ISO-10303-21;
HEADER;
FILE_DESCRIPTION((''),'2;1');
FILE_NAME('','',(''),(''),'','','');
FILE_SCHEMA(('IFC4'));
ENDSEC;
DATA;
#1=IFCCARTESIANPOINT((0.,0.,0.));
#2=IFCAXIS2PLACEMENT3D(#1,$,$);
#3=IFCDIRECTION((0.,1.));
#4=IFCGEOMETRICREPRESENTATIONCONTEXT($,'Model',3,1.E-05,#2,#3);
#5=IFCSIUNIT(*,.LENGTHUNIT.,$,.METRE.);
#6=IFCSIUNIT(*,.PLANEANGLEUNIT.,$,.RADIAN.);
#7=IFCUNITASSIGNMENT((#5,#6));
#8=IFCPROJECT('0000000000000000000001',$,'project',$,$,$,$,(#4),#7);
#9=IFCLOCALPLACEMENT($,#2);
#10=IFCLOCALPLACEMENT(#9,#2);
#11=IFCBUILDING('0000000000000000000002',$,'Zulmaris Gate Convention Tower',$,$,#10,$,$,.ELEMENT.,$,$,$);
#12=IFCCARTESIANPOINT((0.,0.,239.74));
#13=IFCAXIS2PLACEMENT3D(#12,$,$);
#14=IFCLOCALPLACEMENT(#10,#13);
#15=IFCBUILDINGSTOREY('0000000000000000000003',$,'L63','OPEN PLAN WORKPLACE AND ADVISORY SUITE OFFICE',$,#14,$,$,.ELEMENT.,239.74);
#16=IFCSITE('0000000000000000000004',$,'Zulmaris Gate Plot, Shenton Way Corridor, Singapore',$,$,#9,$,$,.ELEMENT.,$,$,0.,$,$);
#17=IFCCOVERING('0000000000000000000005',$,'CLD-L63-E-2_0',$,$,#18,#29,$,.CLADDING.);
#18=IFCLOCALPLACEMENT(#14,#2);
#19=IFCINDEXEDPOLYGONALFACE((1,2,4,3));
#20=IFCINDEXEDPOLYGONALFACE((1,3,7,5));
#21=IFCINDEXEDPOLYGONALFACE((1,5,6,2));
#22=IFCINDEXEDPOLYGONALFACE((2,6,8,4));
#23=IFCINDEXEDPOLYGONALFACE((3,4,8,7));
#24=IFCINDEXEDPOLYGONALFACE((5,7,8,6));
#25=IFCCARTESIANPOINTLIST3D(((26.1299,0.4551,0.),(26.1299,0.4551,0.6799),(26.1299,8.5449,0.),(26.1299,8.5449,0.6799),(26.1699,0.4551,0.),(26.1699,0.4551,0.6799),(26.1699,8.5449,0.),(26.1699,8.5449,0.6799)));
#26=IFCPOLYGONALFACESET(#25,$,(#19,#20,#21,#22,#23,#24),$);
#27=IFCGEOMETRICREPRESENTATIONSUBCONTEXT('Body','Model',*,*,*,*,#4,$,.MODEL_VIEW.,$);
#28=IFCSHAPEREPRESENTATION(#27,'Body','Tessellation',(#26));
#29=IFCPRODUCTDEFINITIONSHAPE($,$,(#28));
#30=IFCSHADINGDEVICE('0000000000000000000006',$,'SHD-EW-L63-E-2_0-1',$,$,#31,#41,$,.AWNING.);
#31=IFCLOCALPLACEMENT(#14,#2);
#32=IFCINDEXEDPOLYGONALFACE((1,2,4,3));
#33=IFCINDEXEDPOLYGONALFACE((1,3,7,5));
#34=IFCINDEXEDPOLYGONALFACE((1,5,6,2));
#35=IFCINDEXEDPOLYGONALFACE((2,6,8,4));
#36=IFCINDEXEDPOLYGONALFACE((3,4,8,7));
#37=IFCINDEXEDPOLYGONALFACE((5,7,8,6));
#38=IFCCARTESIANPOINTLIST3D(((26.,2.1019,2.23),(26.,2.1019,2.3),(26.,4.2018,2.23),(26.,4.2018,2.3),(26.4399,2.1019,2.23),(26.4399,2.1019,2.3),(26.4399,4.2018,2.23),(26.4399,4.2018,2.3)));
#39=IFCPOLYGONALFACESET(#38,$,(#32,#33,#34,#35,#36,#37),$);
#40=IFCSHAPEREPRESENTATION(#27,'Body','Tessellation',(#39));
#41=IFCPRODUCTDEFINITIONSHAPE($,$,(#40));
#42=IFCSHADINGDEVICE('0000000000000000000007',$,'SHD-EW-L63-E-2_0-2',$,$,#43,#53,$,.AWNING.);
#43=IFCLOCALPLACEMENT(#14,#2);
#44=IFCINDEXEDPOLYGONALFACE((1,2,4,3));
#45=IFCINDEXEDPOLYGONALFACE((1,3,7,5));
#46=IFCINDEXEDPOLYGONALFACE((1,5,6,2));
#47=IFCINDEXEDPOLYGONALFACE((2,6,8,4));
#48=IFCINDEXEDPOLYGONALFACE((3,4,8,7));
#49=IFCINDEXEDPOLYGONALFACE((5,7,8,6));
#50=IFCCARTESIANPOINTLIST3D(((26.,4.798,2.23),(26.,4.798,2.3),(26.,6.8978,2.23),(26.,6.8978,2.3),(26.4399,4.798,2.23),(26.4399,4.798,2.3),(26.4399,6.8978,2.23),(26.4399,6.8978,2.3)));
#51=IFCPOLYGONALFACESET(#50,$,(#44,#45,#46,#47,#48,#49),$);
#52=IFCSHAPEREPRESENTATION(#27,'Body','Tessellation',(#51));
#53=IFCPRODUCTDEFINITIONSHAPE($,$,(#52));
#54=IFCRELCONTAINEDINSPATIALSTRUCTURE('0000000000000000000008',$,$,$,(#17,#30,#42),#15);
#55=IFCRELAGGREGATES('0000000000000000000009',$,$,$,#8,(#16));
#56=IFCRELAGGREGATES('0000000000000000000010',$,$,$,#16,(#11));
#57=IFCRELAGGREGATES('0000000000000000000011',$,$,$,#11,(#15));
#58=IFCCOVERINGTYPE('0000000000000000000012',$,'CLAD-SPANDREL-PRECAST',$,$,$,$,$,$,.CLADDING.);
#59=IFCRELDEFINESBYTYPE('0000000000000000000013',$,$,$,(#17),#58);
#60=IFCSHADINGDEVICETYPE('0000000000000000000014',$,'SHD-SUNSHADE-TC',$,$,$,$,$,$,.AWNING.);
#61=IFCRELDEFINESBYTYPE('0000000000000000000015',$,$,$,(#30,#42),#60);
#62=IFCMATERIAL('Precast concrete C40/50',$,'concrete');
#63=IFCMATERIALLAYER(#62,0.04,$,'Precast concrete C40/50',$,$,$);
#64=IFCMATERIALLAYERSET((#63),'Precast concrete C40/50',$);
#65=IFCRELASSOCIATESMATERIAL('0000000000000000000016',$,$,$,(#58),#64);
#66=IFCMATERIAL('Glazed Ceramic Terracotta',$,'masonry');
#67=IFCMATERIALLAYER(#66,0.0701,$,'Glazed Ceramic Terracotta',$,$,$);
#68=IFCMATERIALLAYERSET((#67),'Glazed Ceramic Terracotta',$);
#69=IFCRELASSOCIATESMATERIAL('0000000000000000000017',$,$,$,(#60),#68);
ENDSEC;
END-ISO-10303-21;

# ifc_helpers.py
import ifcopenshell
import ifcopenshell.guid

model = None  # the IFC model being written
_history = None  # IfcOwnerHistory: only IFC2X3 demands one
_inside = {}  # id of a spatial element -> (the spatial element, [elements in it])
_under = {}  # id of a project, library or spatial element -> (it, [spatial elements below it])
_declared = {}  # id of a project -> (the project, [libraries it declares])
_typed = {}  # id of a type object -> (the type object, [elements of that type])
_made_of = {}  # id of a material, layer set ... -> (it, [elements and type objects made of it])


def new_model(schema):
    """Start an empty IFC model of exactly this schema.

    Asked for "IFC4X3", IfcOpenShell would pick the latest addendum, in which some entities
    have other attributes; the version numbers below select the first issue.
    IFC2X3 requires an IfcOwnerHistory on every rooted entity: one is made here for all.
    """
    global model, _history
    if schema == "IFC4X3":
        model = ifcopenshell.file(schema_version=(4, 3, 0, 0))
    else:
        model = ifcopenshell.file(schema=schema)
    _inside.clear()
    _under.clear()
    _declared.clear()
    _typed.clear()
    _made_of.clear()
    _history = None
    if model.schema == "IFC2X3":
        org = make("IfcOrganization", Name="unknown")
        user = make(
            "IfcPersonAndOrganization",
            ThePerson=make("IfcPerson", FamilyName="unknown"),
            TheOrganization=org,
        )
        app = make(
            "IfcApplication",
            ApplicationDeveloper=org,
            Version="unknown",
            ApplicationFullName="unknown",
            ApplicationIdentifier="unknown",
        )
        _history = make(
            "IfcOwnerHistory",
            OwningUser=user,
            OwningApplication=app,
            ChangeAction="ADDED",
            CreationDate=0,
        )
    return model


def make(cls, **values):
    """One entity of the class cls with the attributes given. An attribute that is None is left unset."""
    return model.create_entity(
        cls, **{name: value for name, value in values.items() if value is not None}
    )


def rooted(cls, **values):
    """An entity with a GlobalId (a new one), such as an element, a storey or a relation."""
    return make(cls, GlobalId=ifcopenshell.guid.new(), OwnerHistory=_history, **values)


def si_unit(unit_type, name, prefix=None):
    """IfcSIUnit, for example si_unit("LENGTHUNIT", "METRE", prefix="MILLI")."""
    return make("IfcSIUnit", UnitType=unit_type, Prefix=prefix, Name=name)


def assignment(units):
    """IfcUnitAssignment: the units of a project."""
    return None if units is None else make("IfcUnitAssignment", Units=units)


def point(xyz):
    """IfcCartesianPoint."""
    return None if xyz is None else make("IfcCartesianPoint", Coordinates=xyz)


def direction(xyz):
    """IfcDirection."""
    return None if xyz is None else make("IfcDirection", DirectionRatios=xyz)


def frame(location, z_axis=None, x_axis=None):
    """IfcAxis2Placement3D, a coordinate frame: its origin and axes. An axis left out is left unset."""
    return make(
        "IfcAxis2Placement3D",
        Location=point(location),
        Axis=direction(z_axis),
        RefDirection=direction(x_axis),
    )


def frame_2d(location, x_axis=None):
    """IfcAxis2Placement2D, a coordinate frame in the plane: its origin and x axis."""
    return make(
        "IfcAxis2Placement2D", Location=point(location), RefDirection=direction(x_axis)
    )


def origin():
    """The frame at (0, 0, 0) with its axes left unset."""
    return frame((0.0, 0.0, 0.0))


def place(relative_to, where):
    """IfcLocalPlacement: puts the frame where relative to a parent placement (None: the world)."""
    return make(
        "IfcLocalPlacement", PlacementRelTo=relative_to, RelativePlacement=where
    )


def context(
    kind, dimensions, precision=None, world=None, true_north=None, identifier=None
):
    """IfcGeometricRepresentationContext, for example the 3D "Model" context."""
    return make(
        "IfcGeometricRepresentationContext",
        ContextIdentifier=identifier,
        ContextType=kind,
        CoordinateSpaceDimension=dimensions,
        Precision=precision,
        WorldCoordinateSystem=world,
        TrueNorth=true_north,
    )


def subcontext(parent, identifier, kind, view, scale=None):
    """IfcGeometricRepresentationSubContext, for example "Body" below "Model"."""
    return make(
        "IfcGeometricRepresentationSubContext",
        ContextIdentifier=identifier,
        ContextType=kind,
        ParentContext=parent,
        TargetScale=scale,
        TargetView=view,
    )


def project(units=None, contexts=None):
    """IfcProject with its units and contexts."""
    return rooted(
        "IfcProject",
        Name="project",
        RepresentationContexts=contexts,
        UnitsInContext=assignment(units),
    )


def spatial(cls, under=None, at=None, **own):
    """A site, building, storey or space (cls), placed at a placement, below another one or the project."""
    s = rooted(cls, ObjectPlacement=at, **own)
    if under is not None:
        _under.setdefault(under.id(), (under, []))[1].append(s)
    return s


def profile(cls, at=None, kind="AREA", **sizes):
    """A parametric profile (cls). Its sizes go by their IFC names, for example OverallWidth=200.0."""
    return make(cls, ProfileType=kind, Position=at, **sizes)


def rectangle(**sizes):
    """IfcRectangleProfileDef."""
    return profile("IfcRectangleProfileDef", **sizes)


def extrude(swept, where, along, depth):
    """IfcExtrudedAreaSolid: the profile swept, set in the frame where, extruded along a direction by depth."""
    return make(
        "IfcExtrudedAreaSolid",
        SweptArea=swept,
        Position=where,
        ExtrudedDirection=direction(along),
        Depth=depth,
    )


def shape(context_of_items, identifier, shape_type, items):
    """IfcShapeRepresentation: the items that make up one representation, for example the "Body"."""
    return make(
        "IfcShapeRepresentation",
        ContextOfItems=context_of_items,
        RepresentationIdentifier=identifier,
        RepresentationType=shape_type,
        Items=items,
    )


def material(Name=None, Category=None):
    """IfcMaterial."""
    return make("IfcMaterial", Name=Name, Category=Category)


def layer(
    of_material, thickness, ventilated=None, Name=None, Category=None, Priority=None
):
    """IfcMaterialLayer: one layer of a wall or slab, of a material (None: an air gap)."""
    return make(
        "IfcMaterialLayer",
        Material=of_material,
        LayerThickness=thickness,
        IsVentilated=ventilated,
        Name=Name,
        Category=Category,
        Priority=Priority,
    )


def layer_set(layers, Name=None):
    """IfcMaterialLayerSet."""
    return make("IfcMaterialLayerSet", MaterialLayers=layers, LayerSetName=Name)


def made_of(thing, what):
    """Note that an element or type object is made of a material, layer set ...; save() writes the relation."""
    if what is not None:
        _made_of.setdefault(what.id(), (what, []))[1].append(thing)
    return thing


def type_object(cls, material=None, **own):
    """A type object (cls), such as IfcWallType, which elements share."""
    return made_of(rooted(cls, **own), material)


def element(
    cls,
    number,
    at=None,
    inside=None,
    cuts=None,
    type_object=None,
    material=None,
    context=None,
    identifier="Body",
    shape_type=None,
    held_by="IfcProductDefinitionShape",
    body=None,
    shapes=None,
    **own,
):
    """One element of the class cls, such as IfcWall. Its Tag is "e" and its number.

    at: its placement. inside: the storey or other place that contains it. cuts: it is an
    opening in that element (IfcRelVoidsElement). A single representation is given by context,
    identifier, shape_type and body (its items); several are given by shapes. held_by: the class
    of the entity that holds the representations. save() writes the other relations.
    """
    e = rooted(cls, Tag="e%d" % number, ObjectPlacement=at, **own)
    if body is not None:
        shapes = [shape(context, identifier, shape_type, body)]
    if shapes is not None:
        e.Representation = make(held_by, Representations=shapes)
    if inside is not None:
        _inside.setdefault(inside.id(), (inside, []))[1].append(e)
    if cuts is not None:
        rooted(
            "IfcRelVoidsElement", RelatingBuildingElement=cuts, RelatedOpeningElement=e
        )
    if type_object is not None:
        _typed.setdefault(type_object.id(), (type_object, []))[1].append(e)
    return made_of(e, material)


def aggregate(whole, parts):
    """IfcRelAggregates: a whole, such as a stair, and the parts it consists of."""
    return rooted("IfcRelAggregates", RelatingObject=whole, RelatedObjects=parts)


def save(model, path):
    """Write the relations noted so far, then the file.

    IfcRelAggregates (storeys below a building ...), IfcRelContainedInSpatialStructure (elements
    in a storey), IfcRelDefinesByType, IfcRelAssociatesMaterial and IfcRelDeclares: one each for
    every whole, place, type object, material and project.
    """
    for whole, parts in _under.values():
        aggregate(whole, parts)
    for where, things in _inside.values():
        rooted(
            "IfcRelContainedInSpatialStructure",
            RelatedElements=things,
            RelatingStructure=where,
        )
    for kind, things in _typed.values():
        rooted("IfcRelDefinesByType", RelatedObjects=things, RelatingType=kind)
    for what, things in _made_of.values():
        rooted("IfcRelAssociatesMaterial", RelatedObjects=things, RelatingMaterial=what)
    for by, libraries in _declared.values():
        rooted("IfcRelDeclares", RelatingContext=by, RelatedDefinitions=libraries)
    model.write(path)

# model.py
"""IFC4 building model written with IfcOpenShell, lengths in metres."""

from ifc_helpers import new_model, si_unit, direction, frame, frame_2d, origin, place, context, subcontext, project, spatial, rectangle, extrude, material, layer, layer_set, type_object, element, save


model = new_model("IFC4")

# Units and contexts
model_context = context("Model", 3, precision=1e-05, world=origin(), true_north=direction((0.0, 1.0)))
body_context = subcontext(model_context, "Body", "Model", "MODEL_VIEW")
ifc_project = project(units=[si_unit("LENGTHUNIT", "METRE"), si_unit("PLANEANGLEUNIT", "RADIAN")], contexts=[model_context])

# Site, building, storey
site_placement = place(None, origin())
site = spatial("IfcSite", under=ifc_project, at=site_placement, Name="Zulmaris Gate Plot, Shenton Way Corridor, Singapore", CompositionType="ELEMENT", RefElevation=0.0)
building_placement = place(site_placement, origin())
building = spatial("IfcBuilding", under=site, at=building_placement, Name="Zulmaris Gate Convention Tower", CompositionType="ELEMENT")
storey_placement = place(building_placement, frame((0.0, 0.0, 239.74)))
storey = spatial("IfcBuildingStorey", under=building, at=storey_placement, Name="L63", Description="OPEN PLAN WORKPLACE AND ADVISORY SUITE OFFICE", CompositionType="ELEMENT", Elevation=239.74)

# Shared definitions
ifc_material_1 = material(Name="Precast concrete C40/50", Category="concrete")

# Covering
ifc_layer_1 = layer(ifc_material_1, 0.04, Name="Precast concrete C40/50")
ifc_layer_set_1 = layer_set([ifc_layer_1], Name="Precast concrete C40/50")
covering_type = type_object("IfcCoveringType", Name="CLAD-SPANDREL-PRECAST", PredefinedType="CLADDING", material=ifc_layer_set_1)
covering_placement = place(storey_placement, frame((26.1499, 0.4551, 0.0), z_axis=(0.0, 0.0, 1.0), x_axis=(0.0, 1.0, 0.0)))
element("IfcCovering", 1, at=covering_placement, inside=storey, type_object=covering_type, Name="CLD-L63-E-2_0", PredefinedType="CLADDING", context=body_context, shape_type="SweptSolid", body=[
    extrude(rectangle(XDim=8.0898, YDim=0.04, at=frame_2d((4.0449, 0.0))), origin(), (0.0, 0.0, 1.0), 0.6799),
])

# Shading devices
ifc_material_2 = material(Name="Glazed Ceramic Terracotta", Category="masonry")
ifc_layer_2 = layer(ifc_material_2, 0.0701, Name="Glazed Ceramic Terracotta")
ifc_layer_set_2 = layer_set([ifc_layer_2], Name="Glazed Ceramic Terracotta")
shading_device_type = type_object("IfcShadingDeviceType", Name="SHD-SUNSHADE-TC", PredefinedType="AWNING", material=ifc_layer_set_2)
for number, where, z_axis, x_axis, name in (
    (2, (26.22, 2.1021, 2.23), (0.0, 0.0, 1.0), (0.0, 1.0, 0.0), "SHD-EW-L63-E-2_0-1"),
    (3, (26.22, 4.7981, 2.23), (0.0, 0.0, 1.0), (0.0, 1.0, 0.0), "SHD-EW-L63-E-2_0-2"),
):
    element("IfcShadingDevice", number, at=place(storey_placement, frame(where, z_axis=z_axis, x_axis=x_axis)), inside=storey, type_object=shading_device_type, Name=name, PredefinedType="AWNING", context=body_context, shape_type="SweptSolid", body=[
        extrude(rectangle(XDim=2.0999, YDim=0.4399, at=frame_2d((1.0498, 0.0))), origin(), (0.0, 0.0, 1.0), 0.0701),
    ])

save(model, "model.ifc")
